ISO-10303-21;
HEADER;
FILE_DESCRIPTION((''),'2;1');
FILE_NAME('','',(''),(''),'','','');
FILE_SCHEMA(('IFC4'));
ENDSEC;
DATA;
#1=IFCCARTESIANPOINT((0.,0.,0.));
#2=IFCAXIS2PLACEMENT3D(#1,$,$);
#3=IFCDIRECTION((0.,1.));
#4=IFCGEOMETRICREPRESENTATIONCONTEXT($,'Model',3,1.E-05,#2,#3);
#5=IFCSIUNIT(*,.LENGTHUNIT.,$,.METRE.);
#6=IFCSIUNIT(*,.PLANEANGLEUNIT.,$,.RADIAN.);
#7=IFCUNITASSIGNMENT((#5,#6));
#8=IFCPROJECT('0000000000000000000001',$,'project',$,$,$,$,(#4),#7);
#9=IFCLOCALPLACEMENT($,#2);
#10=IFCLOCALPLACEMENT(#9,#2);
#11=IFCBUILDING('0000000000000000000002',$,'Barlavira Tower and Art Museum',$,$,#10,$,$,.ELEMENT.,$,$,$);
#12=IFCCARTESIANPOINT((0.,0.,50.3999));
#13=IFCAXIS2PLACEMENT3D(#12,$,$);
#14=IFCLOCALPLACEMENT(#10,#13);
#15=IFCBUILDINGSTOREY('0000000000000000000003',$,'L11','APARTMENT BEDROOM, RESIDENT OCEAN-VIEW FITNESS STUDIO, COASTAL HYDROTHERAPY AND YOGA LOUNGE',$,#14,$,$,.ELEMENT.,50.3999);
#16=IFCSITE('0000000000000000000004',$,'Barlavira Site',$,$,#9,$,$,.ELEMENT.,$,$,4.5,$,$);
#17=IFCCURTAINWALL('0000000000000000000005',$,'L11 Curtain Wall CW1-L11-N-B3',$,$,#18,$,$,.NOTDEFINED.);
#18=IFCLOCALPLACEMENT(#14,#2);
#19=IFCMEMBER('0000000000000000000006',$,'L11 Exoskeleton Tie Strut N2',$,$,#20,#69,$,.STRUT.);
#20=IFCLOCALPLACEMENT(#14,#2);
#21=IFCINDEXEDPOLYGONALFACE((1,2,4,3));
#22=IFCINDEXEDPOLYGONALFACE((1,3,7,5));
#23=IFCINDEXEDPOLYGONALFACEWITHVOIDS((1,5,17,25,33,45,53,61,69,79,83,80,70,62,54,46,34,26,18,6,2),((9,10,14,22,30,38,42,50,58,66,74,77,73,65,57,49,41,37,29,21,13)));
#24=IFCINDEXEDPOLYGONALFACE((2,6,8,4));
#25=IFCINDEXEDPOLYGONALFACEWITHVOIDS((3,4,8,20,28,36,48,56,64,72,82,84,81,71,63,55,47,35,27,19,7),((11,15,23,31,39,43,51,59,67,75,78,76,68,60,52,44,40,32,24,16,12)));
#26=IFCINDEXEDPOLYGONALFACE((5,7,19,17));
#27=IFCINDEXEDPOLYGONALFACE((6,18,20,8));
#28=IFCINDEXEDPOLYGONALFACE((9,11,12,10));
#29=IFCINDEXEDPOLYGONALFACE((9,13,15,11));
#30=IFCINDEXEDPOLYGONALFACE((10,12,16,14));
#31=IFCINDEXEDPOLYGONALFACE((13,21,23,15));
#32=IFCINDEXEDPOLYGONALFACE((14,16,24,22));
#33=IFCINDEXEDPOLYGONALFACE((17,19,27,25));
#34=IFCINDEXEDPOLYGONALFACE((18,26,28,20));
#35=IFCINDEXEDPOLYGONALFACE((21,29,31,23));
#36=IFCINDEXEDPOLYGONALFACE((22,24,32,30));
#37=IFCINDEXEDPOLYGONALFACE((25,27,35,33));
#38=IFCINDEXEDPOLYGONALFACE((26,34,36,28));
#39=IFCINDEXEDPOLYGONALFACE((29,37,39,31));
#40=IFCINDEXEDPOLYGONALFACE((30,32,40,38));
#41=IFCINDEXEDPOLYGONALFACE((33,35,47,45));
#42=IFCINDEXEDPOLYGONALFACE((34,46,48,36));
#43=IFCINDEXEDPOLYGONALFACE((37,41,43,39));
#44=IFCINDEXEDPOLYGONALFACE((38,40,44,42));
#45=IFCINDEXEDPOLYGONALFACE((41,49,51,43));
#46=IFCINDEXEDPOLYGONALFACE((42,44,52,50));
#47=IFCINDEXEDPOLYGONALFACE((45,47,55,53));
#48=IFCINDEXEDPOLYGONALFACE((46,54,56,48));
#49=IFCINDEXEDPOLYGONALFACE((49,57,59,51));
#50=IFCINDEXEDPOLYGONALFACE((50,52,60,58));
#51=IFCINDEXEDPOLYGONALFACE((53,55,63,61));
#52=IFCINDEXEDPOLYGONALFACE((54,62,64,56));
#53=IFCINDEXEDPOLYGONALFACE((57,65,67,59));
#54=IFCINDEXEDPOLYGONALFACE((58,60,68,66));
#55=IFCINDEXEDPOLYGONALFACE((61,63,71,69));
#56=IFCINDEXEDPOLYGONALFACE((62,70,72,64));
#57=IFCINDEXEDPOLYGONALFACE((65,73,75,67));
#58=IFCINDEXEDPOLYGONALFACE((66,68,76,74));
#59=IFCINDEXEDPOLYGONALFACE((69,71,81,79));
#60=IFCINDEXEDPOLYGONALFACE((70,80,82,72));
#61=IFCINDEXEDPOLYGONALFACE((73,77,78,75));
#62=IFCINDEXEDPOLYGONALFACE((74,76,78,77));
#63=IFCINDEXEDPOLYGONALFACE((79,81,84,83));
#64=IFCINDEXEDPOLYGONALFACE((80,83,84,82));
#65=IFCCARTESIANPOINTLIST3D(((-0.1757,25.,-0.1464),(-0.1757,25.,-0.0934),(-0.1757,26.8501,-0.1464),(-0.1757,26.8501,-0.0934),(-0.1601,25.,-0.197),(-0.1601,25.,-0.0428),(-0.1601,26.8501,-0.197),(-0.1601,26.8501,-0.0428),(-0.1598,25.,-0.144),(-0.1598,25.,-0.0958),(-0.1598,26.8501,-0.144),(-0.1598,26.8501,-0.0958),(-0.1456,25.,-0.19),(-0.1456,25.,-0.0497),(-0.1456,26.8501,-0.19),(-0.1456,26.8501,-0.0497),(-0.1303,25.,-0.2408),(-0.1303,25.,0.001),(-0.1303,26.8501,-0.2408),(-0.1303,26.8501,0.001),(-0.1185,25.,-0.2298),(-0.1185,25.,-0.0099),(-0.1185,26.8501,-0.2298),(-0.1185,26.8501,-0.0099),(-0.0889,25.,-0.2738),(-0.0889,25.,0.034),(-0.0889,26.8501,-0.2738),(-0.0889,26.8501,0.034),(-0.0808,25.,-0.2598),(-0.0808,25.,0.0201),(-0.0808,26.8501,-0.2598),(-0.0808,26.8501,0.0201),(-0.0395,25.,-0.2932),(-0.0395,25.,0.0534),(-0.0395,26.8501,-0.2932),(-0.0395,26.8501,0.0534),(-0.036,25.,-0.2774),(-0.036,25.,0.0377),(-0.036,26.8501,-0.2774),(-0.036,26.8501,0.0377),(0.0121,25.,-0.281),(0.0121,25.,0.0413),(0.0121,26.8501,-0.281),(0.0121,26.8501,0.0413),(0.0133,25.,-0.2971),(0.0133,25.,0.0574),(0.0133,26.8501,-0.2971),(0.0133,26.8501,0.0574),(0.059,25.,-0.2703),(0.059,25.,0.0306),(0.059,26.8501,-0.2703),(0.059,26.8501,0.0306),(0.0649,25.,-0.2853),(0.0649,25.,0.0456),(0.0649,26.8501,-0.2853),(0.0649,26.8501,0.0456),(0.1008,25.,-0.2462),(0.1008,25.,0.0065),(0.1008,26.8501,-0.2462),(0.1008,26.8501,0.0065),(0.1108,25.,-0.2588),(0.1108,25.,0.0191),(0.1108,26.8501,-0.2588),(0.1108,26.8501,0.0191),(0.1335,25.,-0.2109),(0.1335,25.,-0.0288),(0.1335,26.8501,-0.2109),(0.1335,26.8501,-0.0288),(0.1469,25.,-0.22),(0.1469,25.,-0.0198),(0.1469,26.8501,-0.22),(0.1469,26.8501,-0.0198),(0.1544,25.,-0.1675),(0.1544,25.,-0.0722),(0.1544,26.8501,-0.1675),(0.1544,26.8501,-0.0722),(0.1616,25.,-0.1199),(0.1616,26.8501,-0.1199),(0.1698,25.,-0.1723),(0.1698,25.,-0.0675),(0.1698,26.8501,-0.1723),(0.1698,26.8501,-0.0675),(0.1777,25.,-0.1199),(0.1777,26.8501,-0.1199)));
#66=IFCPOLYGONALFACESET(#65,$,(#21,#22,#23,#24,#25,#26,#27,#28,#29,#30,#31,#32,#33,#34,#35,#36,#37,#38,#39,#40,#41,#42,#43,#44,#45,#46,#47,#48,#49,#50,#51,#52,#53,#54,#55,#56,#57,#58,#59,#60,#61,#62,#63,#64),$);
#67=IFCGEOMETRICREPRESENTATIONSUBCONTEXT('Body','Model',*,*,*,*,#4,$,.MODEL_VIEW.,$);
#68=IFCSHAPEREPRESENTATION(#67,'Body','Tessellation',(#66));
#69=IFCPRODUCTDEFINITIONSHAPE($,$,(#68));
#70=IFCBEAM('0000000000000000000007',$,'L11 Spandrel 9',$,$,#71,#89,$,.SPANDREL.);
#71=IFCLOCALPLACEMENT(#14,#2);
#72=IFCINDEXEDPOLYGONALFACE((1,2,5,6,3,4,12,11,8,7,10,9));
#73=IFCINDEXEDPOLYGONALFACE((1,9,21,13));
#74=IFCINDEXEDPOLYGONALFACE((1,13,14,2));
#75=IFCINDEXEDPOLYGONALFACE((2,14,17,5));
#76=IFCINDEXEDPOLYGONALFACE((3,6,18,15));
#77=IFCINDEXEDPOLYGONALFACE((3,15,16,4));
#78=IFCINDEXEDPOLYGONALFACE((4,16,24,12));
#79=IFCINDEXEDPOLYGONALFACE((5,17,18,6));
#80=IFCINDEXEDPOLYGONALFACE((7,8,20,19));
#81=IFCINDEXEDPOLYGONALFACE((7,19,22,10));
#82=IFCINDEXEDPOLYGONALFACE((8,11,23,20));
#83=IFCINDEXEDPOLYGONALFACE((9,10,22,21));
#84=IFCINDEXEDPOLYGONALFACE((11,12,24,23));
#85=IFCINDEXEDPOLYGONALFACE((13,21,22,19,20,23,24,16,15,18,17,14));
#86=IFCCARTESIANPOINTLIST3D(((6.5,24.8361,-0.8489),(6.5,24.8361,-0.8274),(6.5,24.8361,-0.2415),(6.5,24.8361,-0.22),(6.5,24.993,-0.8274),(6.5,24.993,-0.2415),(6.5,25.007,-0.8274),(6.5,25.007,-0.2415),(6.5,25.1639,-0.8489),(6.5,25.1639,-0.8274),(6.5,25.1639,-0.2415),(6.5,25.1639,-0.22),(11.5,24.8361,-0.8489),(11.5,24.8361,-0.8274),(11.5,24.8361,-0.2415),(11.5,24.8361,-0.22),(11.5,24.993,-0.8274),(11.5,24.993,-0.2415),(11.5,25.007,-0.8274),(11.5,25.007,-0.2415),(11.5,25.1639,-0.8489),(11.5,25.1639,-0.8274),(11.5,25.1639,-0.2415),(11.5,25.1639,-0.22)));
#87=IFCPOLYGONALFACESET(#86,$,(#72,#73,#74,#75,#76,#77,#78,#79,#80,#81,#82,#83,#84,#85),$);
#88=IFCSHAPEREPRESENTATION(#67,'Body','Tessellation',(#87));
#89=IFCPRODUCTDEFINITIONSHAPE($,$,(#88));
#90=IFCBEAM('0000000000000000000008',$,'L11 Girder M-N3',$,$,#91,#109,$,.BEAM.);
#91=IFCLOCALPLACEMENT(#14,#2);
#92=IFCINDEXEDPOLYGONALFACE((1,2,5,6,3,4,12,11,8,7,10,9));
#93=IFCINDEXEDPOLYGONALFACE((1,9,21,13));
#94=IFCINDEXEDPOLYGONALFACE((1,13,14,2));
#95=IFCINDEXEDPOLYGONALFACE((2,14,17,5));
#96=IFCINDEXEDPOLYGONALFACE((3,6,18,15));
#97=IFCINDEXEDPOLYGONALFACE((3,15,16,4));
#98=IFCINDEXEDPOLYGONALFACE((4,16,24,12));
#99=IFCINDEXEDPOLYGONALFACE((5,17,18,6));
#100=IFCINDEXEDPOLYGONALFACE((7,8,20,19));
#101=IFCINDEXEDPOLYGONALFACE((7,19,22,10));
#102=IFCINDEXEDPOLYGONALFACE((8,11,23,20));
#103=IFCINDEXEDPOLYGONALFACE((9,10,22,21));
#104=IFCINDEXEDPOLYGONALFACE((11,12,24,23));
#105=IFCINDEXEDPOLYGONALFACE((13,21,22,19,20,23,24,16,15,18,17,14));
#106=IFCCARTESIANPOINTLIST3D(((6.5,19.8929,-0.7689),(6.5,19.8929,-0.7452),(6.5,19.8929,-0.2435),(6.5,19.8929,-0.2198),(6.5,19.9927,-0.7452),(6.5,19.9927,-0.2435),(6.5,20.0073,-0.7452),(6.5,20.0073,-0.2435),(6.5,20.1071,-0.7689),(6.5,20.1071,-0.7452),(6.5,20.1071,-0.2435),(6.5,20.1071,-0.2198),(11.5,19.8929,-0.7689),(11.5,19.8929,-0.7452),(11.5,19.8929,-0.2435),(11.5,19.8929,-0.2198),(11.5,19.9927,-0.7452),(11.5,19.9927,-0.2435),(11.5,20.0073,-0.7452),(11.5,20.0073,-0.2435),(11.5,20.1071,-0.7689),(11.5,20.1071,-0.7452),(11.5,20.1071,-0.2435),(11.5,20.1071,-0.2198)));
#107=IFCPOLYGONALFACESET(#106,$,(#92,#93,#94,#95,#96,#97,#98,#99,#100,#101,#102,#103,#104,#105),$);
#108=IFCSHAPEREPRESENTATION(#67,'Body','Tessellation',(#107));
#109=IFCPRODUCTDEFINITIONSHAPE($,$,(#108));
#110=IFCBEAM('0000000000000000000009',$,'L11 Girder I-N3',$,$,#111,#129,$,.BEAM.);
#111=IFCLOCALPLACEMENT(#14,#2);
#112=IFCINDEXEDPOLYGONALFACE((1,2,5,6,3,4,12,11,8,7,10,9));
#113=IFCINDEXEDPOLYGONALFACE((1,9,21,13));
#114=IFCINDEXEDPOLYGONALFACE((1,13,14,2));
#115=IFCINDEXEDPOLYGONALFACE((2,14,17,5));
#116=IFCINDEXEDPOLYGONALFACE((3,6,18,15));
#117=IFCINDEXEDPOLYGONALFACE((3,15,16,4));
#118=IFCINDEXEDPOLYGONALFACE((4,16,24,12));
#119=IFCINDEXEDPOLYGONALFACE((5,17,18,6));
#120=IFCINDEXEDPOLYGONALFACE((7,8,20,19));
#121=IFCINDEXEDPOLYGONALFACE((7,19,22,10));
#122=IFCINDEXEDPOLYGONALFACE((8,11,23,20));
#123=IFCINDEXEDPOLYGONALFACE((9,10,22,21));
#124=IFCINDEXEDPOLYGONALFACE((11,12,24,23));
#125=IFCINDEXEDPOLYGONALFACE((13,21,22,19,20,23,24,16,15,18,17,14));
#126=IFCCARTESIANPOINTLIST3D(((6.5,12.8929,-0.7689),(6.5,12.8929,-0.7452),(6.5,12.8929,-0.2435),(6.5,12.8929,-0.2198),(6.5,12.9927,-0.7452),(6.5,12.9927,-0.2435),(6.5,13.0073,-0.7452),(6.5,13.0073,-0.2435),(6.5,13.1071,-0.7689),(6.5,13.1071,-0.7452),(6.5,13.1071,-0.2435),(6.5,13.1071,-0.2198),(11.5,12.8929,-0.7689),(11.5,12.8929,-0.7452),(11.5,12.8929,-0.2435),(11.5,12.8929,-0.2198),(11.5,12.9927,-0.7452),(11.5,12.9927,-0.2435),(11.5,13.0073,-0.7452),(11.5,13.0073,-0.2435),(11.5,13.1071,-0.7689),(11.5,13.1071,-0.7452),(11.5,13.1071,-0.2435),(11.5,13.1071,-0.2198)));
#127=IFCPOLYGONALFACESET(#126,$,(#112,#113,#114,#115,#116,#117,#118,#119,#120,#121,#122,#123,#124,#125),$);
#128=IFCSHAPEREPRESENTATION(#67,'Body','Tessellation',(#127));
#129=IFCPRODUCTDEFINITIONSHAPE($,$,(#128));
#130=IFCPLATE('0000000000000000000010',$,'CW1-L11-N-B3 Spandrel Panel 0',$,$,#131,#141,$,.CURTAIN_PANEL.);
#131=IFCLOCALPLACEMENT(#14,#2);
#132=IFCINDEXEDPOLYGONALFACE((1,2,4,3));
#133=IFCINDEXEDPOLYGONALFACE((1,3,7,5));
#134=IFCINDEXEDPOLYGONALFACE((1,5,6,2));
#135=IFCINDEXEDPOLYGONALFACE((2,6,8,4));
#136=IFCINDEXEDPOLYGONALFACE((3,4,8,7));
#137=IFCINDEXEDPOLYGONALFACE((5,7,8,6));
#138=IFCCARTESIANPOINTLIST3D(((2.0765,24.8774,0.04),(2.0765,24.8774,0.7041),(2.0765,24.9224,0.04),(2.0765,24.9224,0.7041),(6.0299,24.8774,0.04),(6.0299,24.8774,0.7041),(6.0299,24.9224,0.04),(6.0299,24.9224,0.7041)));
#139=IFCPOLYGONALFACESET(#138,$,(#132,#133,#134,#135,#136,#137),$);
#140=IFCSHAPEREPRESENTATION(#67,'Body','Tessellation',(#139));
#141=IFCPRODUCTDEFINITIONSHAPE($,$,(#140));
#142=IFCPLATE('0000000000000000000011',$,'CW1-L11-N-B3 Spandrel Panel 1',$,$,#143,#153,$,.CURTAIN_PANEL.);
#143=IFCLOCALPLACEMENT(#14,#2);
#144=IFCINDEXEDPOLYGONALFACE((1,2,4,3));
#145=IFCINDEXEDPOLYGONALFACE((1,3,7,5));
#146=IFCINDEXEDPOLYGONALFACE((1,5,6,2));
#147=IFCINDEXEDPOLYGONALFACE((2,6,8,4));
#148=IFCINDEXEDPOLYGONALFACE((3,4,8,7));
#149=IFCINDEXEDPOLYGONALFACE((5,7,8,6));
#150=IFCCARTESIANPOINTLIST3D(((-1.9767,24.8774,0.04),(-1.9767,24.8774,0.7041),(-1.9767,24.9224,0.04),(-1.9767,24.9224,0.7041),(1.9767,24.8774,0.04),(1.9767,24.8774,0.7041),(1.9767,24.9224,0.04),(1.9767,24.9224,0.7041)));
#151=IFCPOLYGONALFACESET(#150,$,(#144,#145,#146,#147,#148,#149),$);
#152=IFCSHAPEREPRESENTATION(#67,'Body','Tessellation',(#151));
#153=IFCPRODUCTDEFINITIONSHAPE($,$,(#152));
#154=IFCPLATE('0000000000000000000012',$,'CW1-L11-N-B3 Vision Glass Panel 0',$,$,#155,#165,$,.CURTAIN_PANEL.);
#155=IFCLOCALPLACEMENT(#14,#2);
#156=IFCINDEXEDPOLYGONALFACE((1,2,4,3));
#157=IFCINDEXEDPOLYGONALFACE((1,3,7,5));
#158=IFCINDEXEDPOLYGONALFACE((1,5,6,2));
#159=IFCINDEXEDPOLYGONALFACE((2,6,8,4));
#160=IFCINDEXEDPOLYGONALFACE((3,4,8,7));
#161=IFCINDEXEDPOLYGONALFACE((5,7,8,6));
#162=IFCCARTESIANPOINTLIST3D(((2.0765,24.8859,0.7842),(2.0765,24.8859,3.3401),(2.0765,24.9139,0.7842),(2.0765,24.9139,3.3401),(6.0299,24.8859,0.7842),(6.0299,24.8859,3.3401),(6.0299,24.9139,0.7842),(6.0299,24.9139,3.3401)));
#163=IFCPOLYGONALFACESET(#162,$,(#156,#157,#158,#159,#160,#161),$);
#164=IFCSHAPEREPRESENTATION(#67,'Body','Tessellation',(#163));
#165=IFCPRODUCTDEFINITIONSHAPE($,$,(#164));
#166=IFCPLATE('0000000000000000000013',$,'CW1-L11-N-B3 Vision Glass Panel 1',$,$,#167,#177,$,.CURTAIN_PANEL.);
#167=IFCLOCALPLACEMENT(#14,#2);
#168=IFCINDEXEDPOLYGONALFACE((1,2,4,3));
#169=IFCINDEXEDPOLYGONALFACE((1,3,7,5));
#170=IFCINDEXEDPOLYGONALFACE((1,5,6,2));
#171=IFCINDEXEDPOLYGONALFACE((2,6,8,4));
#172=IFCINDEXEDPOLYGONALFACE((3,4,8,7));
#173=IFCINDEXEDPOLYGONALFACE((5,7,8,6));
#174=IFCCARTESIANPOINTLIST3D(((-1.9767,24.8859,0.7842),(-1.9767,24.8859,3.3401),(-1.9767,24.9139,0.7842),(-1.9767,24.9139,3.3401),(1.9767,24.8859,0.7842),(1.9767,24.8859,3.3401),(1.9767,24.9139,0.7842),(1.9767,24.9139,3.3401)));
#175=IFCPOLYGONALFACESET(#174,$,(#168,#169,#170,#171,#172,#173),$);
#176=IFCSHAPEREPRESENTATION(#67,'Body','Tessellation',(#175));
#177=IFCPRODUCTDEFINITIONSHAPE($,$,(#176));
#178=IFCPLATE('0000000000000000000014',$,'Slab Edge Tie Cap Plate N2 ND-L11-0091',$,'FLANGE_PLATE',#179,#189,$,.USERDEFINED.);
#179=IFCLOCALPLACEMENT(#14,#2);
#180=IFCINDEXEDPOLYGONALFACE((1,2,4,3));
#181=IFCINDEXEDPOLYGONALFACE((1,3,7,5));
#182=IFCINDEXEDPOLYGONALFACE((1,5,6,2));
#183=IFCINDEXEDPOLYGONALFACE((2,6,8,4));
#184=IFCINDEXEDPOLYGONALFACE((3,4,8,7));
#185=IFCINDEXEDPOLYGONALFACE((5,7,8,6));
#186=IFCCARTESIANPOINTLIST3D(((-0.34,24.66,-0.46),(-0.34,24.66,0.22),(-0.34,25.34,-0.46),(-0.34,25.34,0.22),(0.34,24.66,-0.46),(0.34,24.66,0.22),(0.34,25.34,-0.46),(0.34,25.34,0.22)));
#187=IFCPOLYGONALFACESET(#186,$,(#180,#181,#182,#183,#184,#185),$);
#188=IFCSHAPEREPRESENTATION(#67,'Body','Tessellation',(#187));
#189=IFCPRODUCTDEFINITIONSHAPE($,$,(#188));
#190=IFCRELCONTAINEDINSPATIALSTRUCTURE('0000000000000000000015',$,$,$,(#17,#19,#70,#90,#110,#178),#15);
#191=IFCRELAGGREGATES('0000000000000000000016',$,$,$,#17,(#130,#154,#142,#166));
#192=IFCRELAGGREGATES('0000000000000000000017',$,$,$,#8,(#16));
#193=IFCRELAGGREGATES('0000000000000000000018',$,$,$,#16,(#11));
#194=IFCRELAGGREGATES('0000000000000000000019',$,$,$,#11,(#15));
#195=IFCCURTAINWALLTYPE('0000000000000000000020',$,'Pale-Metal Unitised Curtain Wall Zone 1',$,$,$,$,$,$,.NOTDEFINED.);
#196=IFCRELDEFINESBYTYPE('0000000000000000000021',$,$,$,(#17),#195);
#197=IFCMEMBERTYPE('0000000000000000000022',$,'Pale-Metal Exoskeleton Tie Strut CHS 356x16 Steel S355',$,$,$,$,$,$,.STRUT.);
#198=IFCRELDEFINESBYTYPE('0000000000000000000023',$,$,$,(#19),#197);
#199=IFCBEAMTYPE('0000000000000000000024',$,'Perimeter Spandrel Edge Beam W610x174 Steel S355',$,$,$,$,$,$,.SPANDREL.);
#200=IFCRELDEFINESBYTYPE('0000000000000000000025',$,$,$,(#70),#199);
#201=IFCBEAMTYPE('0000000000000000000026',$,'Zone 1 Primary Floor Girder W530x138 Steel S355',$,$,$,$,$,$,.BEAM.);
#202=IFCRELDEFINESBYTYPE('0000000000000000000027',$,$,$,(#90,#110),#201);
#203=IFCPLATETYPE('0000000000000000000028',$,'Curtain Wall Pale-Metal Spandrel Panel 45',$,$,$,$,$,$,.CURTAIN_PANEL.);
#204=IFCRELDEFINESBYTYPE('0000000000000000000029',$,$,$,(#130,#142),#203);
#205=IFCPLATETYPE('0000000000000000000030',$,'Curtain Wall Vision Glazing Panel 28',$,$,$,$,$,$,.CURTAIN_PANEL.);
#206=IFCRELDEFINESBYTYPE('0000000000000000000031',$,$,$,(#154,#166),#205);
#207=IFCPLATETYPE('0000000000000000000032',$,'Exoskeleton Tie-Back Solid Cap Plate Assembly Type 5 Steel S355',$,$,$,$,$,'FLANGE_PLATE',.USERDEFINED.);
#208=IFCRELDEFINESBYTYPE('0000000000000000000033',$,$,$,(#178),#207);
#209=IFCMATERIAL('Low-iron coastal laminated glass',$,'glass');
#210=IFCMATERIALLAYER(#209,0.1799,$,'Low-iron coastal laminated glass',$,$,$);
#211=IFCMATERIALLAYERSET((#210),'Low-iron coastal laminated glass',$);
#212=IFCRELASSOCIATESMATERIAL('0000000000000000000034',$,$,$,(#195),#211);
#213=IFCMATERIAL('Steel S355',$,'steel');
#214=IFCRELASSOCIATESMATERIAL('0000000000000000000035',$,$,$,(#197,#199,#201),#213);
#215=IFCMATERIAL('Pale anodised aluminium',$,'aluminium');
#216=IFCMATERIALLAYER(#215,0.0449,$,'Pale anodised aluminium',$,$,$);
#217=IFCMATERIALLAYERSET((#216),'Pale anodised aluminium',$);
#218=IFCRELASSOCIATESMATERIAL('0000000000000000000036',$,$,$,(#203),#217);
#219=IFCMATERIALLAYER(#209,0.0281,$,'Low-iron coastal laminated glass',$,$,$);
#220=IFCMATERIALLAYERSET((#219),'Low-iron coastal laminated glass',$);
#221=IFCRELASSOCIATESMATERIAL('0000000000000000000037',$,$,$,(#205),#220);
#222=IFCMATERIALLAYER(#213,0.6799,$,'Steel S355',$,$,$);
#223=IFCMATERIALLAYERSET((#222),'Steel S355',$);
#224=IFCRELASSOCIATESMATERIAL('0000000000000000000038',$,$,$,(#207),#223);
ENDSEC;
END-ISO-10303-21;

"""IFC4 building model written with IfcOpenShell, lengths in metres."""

from ifc_helpers import new_model, si_unit, direction, frame, origin, origin_2d, place, context, subcontext, project, spatial, rectangle, hollow_circle, i_section, extrude, material, layer, layer_set, material_profile, profile_set, type_object, element, aggregate, save


model = new_model("IFC4")

# Units and contexts
model_context = context("Model", 3, precision=1e-05, world=origin(), true_north=direction((0.0, 1.0)))
body_context = subcontext(model_context, "Body", "Model", "MODEL_VIEW")
ifc_project = project(units=[si_unit("LENGTHUNIT", "METRE"), si_unit("PLANEANGLEUNIT", "RADIAN")], contexts=[model_context])

# Site, building, storey
site_placement = place(None, origin())
site = spatial("IfcSite", under=ifc_project, at=site_placement, Name="Barlavira Site", CompositionType="ELEMENT", RefElevation=4.5)
building_placement = place(site_placement, origin())
building = spatial("IfcBuilding", under=site, at=building_placement, Name="Barlavira Tower and Art Museum", CompositionType="ELEMENT")
storey_placement = place(building_placement, frame((0.0, 0.0, 50.3999)))
storey = spatial("IfcBuildingStorey", under=building, at=storey_placement, Name="L11", Description="APARTMENT BEDROOM, RESIDENT OCEAN-VIEW FITNESS STUDIO, COASTAL HYDROTHERAPY AND YOGA LOUNGE", CompositionType="ELEMENT", Elevation=50.3999)

# Curtain wall
ifc_material_1 = material(Name="Low-iron coastal laminated glass", Category="glass")
ifc_layer_1 = layer(ifc_material_1, 0.1799, Name="Low-iron coastal laminated glass")
ifc_layer_set_1 = layer_set([ifc_layer_1], Name="Low-iron coastal laminated glass")
curtain_wall_type = type_object("IfcCurtainWallType", Name="Pale-Metal Unitised Curtain Wall Zone 1", PredefinedType="NOTDEFINED", material=ifc_layer_set_1)
curtain_wall_placement = place(storey_placement, origin())
curtain_wall = element("IfcCurtainWall", 1, at=curtain_wall_placement, inside=storey, type_object=curtain_wall_type, Name="L11 Curtain Wall CW1-L11-N-B3", PredefinedType="NOTDEFINED")
ifc_material_2 = material(Name="Pale anodised aluminium", Category="aluminium")

# Member
ifc_material_3 = material(Name="Steel S355", Category="steel")
ifc_material_profile_1 = material_profile(ifc_material_3, hollow_circle(Radius=0.1777, WallThickness=0.0161, at=origin_2d()), Name="CHS 355.6x16.0")
ifc_profile_set_1 = profile_set([ifc_material_profile_1], Name="Steel S355")
member_type_1 = type_object("IfcMemberType", Name="Pale-Metal Exoskeleton Tie Strut CHS 356x16 Steel S355", PredefinedType="STRUT", material=ifc_profile_set_1)
member_1_placement = place(storey_placement, frame((0.0, 26.8501, -0.1199), z_axis=(0.0, -1.0, 0.0), x_axis=(1.0, 0.0, 0.0)))
element("IfcMember", 2, at=member_1_placement, inside=storey, type_object=member_type_1, Name="L11 Exoskeleton Tie Strut N2", PredefinedType="STRUT", context=body_context, shape_type="SweptSolid", body=[
    extrude(hollow_circle(Radius=0.1777, WallThickness=0.0161, at=origin_2d()), origin(), (0.0, 0.0, 1.0), 1.8501),
])

# Beams
ifc_material_profile_2 = material_profile(ifc_material_3, i_section(OverallWidth=0.3279, OverallDepth=0.6289, WebThickness=0.0139, FlangeThickness=0.0215, at=origin_2d()), Name="W610x174.0")
ifc_profile_set_2 = profile_set([ifc_material_profile_2], Name="Steel S355")
beam_type_1 = type_object("IfcBeamType", Name="Perimeter Spandrel Edge Beam W610x174 Steel S355", PredefinedType="SPANDREL", material=ifc_profile_set_2)
beam_placement = place(storey_placement, frame((6.5, 25.0, -0.5344), z_axis=(1.0, 0.0, 0.0), x_axis=(0.0, 1.0, 0.0)))
element("IfcBeam", 3, at=beam_placement, inside=storey, type_object=beam_type_1, Name="L11 Spandrel 9", PredefinedType="SPANDREL", context=body_context, shape_type="SweptSolid", body=[
    extrude(i_section(OverallWidth=0.3279, OverallDepth=0.6289, WebThickness=0.0139, FlangeThickness=0.0215, at=origin_2d()), origin(), (0.0, 0.0, 1.0), 5.0),
])
ifc_material_profile_3 = material_profile(ifc_material_3, i_section(OverallWidth=0.2141, OverallDepth=0.5491, WebThickness=0.0146, FlangeThickness=0.0237, at=origin_2d()), Name="W530x138.0")
ifc_profile_set_3 = profile_set([ifc_material_profile_3], Name="Steel S355")
beam_type_2 = type_object("IfcBeamType", Name="Zone 1 Primary Floor Girder W530x138 Steel S355", PredefinedType="BEAM", material=ifc_profile_set_3)
for number, where, z_axis, x_axis, name in (
    (4, (6.5, 20.0, -0.4944), (1.0, 0.0, 0.0), (0.0, 1.0, 0.0), "L11 Girder M-N3"),
    (5, (6.5, 13.0, -0.4944), (1.0, 0.0, 0.0), (0.0, 1.0, 0.0), "L11 Girder I-N3"),
):
    element("IfcBeam", number, at=place(storey_placement, frame(where, z_axis=z_axis, x_axis=x_axis)), inside=storey, type_object=beam_type_2, Name=name, PredefinedType="BEAM", context=body_context, shape_type="SweptSolid", body=[
        extrude(i_section(OverallWidth=0.2141, OverallDepth=0.5491, WebThickness=0.0146, FlangeThickness=0.0237, at=origin_2d()), origin(), (0.0, 0.0, 1.0), 5.0),
    ])

# Plates
ifc_layer_2 = layer(ifc_material_2, 0.0449, Name="Pale anodised aluminium")
ifc_layer_set_2 = layer_set([ifc_layer_2], Name="Pale anodised aluminium")
plate_type_1 = type_object("IfcPlateType", Name="Curtain Wall Pale-Metal Spandrel Panel 45", PredefinedType="CURTAIN_PANEL", material=ifc_layer_set_2)
plate_1_placement = place(storey_placement, frame((4.0532, 24.8999, 0.04), z_axis=(0.0, 0.0, 1.0), x_axis=(-1.0, 0.0, 0.0)))
plate_1 = element("IfcPlate", 6, at=plate_1_placement, type_object=plate_type_1, Name="CW1-L11-N-B3 Spandrel Panel 0", PredefinedType="CURTAIN_PANEL", context=body_context, shape_type="SweptSolid", body=[
    extrude(rectangle(XDim=3.9534, YDim=0.0449, at=origin_2d()), origin(), (0.0, 0.0, 1.0), 0.6641),
])
plate_2_placement = place(storey_placement, frame((0.0, 24.8999, 0.04), z_axis=(0.0, 0.0, 1.0), x_axis=(-1.0, 0.0, 0.0)))
plate_2 = element("IfcPlate", 7, at=plate_2_placement, type_object=plate_type_1, Name="CW1-L11-N-B3 Spandrel Panel 1", PredefinedType="CURTAIN_PANEL", context=body_context, shape_type="SweptSolid", body=[
    extrude(rectangle(XDim=3.9534, YDim=0.0449, at=origin_2d()), origin(), (0.0, 0.0, 1.0), 0.6641),
])
ifc_layer_3 = layer(ifc_material_1, 0.0281, Name="Low-iron coastal laminated glass")
ifc_layer_set_3 = layer_set([ifc_layer_3], Name="Low-iron coastal laminated glass")
plate_type_2 = type_object("IfcPlateType", Name="Curtain Wall Vision Glazing Panel 28", PredefinedType="CURTAIN_PANEL", material=ifc_layer_set_3)
plate_3_placement = place(storey_placement, frame((4.0532, 24.8999, 0.7842), z_axis=(0.0, 0.0, 1.0), x_axis=(-1.0, 0.0, 0.0)))
plate_3 = element("IfcPlate", 8, at=plate_3_placement, type_object=plate_type_2, Name="CW1-L11-N-B3 Vision Glass Panel 0", PredefinedType="CURTAIN_PANEL", context=body_context, shape_type="SweptSolid", body=[
    extrude(rectangle(XDim=3.9534, YDim=0.0281, at=origin_2d()), origin(), (0.0, 0.0, 1.0), 2.5559),
])
plate_4_placement = place(storey_placement, frame((0.0, 24.8999, 0.7842), z_axis=(0.0, 0.0, 1.0), x_axis=(-1.0, 0.0, 0.0)))
plate_4 = element("IfcPlate", 9, at=plate_4_placement, type_object=plate_type_2, Name="CW1-L11-N-B3 Vision Glass Panel 1", PredefinedType="CURTAIN_PANEL", context=body_context, shape_type="SweptSolid", body=[
    extrude(rectangle(XDim=3.9534, YDim=0.0281, at=origin_2d()), origin(), (0.0, 0.0, 1.0), 2.5559),
])
aggregate(curtain_wall, [plate_1, plate_3, plate_2, plate_4])
ifc_layer_4 = layer(ifc_material_3, 0.6799, Name="Steel S355")
ifc_layer_set_4 = layer_set([ifc_layer_4], Name="Steel S355")
plate_type_3 = type_object("IfcPlateType", Name="Exoskeleton Tie-Back Solid Cap Plate Assembly Type 5 Steel S355", ElementType="FLANGE_PLATE", PredefinedType="USERDEFINED", material=ifc_layer_set_4)
plate_5_placement = place(storey_placement, frame((0.0, 25.0, -0.46), z_axis=(0.0, 0.0, 1.0), x_axis=(1.0, 0.0, 0.0)))
element("IfcPlate", 10, at=plate_5_placement, inside=storey, type_object=plate_type_3, Name="Slab Edge Tie Cap Plate N2 ND-L11-0091", ObjectType="FLANGE_PLATE", PredefinedType="USERDEFINED", context=body_context, shape_type="SweptSolid", body=[
    extrude(rectangle(XDim=0.6799, YDim=0.6799, at=origin_2d()), origin(), (0.0, 0.0, 1.0), 0.6799),
])

save(model, "model.ifc")
